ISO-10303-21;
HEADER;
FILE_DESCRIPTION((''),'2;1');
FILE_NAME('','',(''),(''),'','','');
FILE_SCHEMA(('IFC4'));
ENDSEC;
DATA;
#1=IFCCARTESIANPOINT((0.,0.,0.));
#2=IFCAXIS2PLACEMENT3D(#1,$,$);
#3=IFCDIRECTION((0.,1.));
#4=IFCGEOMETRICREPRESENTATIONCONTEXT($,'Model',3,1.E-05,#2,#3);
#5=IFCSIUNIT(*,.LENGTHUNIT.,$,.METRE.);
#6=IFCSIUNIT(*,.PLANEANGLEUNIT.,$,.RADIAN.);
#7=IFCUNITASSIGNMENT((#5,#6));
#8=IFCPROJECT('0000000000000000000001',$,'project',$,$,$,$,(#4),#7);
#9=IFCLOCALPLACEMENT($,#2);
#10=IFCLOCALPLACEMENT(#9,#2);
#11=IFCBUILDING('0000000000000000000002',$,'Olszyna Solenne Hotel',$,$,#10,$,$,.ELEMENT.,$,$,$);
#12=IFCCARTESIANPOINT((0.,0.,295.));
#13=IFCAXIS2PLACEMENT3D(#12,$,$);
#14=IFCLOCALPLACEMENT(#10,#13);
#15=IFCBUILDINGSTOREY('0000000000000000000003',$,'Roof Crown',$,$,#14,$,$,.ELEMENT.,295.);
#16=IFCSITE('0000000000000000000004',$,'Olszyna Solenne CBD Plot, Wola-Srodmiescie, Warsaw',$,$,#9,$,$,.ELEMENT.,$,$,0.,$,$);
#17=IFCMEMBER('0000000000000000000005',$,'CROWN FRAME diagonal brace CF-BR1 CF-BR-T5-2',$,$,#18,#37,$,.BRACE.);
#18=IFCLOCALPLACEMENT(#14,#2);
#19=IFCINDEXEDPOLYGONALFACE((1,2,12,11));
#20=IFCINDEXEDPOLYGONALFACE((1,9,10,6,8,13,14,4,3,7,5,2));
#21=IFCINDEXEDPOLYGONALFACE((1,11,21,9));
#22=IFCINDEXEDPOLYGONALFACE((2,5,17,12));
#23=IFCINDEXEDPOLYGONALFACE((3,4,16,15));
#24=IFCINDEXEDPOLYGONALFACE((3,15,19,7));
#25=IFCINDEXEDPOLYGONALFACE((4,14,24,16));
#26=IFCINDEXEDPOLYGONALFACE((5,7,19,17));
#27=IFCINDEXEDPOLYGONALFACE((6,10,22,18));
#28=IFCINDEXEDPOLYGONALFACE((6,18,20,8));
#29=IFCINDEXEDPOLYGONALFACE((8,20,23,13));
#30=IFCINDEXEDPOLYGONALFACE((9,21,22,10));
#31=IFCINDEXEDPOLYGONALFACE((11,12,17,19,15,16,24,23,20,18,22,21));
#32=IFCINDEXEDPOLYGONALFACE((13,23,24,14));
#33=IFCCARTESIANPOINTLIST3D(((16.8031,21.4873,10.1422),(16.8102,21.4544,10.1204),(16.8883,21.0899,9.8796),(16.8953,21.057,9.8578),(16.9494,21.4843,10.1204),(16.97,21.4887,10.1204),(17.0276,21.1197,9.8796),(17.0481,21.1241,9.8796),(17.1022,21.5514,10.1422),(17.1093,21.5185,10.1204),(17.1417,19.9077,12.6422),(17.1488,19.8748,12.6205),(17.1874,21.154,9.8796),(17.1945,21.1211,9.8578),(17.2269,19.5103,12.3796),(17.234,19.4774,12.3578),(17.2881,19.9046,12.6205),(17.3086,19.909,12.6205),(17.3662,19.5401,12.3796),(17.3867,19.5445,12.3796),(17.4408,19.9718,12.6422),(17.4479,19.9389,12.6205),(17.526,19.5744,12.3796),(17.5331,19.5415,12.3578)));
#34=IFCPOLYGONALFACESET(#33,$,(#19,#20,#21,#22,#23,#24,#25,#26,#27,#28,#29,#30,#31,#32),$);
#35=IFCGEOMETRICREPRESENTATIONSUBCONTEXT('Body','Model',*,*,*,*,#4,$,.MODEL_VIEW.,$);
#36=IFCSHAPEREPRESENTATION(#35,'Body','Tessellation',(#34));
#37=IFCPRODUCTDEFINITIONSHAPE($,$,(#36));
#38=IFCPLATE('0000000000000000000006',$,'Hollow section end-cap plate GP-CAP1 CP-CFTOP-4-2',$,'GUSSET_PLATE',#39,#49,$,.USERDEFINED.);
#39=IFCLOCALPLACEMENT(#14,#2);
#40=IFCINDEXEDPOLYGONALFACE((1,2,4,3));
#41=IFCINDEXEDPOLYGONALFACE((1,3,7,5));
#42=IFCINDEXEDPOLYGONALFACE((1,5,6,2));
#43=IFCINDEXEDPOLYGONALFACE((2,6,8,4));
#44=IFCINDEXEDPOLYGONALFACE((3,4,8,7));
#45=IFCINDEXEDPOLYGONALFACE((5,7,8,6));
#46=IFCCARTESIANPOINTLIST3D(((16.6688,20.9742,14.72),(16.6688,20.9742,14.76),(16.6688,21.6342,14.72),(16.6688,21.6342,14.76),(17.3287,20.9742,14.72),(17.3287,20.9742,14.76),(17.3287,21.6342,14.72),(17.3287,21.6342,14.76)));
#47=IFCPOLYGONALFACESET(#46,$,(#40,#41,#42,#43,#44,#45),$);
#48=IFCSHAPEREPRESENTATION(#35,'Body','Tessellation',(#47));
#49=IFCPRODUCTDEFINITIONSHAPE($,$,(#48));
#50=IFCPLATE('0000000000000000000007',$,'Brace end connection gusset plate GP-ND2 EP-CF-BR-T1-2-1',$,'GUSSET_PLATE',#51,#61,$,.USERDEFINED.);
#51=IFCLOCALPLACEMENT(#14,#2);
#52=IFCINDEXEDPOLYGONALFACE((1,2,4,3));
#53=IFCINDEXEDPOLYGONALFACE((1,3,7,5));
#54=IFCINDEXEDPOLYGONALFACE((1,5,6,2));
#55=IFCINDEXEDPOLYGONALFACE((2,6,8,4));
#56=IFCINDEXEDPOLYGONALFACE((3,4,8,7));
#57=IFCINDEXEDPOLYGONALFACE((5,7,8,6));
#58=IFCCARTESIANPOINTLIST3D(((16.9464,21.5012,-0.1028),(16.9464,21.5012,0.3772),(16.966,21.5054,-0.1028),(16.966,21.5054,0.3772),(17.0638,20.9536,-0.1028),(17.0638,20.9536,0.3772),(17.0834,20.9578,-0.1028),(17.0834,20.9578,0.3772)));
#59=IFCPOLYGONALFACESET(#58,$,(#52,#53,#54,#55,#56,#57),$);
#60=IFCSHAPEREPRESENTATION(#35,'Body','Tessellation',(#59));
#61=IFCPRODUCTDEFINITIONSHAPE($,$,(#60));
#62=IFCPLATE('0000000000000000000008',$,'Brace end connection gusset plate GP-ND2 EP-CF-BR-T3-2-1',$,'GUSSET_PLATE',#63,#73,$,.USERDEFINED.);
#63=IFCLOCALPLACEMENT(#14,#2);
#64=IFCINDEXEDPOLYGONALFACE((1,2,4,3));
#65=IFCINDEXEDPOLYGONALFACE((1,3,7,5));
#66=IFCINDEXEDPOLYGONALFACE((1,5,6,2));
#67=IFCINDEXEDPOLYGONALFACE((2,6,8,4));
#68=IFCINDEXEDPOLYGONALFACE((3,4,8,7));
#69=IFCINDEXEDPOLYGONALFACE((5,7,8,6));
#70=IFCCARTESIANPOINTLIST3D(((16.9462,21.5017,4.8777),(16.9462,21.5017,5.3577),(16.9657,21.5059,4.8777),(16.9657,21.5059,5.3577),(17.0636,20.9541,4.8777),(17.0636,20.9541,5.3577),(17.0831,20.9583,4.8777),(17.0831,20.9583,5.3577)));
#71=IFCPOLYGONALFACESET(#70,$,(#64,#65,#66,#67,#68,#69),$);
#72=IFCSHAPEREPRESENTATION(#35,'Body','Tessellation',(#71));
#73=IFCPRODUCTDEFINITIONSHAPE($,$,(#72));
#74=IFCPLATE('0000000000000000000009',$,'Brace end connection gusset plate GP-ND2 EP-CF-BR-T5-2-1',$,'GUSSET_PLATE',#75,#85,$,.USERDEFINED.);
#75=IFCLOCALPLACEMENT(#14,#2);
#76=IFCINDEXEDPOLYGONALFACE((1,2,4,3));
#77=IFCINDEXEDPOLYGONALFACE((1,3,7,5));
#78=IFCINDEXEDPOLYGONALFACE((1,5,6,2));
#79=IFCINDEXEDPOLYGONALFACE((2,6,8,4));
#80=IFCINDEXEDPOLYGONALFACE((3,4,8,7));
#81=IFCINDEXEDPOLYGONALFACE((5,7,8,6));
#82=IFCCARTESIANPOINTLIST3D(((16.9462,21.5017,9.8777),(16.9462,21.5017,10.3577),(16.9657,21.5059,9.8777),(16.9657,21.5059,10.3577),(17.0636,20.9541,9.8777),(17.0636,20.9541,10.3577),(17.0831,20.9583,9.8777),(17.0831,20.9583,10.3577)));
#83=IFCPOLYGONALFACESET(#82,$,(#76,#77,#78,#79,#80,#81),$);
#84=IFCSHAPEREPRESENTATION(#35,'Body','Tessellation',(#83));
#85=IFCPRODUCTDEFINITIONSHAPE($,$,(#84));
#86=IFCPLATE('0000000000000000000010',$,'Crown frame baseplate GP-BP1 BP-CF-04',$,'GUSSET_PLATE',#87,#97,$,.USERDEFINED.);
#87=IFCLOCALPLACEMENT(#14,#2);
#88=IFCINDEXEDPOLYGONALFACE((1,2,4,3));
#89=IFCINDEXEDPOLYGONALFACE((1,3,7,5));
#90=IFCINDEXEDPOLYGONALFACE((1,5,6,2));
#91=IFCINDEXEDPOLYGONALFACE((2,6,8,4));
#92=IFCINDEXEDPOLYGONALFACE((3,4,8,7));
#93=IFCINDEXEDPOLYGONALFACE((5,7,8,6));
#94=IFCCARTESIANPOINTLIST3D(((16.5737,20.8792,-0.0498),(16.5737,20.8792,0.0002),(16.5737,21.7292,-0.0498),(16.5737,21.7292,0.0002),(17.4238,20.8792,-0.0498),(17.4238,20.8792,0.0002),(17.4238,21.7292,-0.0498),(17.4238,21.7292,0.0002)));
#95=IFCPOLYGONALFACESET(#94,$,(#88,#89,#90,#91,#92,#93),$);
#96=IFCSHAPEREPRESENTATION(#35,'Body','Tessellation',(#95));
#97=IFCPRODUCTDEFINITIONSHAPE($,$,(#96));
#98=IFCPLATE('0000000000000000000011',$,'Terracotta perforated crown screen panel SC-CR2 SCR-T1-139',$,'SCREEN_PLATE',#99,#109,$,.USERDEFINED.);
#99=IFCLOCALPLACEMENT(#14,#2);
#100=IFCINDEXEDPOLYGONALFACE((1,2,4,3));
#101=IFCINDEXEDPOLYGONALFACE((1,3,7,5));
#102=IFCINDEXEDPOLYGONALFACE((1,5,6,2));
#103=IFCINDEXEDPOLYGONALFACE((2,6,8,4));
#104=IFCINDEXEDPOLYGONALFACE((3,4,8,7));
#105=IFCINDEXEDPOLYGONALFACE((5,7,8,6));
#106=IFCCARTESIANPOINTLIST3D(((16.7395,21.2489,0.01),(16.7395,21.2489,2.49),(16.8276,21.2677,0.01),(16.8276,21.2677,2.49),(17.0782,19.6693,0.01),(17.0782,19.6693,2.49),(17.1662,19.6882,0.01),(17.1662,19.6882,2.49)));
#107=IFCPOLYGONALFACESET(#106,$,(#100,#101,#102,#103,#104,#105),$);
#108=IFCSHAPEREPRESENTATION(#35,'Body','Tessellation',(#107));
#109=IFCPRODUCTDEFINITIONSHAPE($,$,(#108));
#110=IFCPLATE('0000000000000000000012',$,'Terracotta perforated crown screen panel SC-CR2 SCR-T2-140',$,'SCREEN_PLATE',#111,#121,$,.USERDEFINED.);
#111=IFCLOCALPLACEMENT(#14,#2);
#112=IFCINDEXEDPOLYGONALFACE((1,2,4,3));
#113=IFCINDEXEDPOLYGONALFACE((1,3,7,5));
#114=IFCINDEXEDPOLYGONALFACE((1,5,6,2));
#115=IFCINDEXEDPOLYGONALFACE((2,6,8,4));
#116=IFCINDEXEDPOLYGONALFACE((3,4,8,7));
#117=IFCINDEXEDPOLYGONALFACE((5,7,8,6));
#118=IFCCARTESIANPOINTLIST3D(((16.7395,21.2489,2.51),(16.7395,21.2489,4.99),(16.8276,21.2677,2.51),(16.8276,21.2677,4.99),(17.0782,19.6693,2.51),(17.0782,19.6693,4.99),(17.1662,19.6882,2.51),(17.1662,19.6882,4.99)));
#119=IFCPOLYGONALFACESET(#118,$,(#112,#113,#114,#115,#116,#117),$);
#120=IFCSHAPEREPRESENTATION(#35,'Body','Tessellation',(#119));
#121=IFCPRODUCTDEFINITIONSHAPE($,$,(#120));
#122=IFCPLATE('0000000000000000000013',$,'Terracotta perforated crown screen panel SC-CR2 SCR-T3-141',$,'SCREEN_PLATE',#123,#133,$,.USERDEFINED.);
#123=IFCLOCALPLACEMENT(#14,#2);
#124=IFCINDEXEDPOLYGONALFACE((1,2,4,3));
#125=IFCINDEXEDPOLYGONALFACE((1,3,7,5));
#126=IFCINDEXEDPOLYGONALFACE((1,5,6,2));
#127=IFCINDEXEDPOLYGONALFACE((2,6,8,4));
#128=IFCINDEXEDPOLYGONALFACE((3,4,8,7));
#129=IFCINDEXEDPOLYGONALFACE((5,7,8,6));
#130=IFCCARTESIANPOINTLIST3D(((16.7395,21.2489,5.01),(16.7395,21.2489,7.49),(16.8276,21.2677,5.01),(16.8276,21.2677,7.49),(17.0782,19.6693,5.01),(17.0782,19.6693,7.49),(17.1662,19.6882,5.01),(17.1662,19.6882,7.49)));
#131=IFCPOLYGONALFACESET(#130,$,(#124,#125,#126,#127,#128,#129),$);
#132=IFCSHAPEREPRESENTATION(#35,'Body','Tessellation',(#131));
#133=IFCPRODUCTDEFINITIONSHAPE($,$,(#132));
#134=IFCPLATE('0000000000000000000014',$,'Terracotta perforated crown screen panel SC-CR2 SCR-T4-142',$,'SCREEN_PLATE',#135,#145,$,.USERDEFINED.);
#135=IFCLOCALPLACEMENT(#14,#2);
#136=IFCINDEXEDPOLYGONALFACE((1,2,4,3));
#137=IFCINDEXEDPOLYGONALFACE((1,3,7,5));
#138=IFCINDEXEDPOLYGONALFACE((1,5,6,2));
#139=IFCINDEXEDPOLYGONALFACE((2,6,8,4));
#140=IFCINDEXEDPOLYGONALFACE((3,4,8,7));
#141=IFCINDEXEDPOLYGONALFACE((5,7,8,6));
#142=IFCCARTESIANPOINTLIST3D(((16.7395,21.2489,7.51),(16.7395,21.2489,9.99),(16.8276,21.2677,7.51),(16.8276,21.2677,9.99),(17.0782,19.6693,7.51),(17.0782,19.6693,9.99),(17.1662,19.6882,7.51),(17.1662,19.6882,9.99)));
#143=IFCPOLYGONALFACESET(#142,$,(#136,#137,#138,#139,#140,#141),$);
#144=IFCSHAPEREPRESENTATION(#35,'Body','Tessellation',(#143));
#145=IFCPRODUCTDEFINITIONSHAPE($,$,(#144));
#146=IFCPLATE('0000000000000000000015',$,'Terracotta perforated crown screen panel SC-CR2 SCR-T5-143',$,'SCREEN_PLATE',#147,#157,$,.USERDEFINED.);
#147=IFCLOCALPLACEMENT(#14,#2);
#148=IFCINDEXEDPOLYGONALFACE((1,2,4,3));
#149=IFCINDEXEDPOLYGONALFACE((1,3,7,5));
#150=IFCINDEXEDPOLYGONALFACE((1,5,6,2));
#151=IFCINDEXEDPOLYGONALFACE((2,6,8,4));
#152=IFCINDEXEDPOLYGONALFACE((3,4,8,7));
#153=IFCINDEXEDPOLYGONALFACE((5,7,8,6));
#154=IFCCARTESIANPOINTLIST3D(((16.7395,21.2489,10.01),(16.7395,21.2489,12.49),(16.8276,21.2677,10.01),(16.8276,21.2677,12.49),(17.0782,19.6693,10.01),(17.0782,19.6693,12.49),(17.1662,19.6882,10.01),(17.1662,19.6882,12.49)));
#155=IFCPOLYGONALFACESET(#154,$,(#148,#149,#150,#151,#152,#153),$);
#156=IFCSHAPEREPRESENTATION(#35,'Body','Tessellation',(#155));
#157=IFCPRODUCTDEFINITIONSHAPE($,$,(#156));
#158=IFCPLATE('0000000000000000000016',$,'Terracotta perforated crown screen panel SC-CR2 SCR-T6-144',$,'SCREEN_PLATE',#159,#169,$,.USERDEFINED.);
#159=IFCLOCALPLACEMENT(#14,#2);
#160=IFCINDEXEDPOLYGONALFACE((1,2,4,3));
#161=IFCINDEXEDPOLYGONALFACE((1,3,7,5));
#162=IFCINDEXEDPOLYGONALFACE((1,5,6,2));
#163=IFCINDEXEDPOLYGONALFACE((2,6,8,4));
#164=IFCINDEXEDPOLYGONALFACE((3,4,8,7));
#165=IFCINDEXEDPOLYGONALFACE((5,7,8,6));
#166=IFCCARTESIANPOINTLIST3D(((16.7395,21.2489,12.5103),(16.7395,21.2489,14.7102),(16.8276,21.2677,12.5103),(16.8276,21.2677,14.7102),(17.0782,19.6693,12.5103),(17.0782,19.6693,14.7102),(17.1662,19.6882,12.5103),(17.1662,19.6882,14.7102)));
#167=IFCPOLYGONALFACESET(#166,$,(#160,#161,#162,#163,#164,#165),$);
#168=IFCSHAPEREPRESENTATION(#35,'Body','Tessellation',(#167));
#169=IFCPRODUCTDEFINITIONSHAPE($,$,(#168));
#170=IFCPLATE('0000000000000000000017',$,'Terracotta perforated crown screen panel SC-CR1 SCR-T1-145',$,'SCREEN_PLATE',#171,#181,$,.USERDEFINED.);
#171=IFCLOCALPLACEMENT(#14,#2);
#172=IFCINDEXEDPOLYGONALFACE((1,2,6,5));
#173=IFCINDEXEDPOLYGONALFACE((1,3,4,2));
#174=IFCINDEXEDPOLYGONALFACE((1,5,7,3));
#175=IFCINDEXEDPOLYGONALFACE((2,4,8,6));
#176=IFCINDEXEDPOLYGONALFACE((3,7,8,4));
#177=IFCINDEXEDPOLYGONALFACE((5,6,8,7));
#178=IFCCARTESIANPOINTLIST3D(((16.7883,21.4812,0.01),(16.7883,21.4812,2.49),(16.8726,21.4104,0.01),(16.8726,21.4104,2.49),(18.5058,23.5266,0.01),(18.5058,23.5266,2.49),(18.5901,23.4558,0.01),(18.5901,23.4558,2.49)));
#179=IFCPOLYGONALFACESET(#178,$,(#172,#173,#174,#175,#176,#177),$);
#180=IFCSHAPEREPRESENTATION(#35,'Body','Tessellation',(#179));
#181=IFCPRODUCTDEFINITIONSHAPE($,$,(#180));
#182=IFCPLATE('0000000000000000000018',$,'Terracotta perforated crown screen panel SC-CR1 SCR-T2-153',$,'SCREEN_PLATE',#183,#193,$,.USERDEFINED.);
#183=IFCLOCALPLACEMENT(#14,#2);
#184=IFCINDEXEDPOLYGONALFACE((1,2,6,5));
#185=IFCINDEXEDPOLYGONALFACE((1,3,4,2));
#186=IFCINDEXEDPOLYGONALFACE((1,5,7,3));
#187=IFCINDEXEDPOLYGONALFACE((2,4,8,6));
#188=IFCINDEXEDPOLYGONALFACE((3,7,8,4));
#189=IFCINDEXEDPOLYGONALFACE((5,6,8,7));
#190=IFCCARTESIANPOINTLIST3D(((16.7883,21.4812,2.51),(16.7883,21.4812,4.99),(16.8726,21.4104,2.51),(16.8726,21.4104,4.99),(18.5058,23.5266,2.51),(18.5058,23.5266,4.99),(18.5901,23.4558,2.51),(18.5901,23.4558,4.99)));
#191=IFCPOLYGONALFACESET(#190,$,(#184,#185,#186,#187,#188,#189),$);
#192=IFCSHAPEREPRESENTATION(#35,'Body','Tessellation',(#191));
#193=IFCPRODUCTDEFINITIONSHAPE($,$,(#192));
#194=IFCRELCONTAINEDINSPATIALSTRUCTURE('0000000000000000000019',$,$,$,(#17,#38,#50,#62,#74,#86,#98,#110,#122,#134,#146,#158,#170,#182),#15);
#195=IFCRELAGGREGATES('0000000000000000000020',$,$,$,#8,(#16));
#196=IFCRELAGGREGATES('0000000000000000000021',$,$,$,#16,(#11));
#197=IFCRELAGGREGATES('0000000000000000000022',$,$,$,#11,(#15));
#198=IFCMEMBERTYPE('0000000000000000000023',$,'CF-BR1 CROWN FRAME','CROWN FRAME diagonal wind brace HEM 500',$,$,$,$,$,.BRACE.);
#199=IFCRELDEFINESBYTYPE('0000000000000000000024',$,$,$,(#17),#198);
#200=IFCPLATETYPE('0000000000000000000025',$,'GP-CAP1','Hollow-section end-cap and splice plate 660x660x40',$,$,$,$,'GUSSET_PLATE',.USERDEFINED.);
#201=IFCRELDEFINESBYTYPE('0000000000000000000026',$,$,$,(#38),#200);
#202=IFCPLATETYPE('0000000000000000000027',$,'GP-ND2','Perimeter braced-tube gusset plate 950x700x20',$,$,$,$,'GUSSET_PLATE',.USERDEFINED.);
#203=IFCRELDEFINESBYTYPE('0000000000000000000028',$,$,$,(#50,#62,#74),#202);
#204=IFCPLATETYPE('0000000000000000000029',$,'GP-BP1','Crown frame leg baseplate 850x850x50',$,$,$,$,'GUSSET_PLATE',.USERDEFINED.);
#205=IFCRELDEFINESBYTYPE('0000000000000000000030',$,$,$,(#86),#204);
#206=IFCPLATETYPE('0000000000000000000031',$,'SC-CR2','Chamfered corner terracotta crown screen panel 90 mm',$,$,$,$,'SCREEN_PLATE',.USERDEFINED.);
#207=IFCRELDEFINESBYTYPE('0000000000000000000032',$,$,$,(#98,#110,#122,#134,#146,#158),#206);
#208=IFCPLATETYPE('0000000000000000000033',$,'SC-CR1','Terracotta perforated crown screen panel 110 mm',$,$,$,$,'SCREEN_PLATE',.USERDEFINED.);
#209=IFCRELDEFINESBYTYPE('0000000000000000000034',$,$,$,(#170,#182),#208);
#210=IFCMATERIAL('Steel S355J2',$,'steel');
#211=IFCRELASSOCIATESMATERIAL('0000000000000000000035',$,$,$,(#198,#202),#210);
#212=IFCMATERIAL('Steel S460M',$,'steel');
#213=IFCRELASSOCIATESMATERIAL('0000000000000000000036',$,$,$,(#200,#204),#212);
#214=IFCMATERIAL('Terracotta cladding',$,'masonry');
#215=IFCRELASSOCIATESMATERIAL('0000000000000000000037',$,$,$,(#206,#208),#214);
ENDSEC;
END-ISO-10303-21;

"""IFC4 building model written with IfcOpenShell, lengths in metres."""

from ifc_helpers import new_model, si_unit, direction, frame, origin, origin_2d, place, context, subcontext, project, spatial, rectangle, i_section, extrude, source, transform, mapped, material, material_profile, profile_set, type_object, element, save


model = new_model("IFC4")

# Units and contexts
model_context = context("Model", 3, precision=1e-05, world=origin(), true_north=direction((0.0, 1.0)))
body_context = subcontext(model_context, "Body", "Model", "MODEL_VIEW")
ifc_project = project(units=[si_unit("LENGTHUNIT", "METRE"), si_unit("PLANEANGLEUNIT", "RADIAN")], contexts=[model_context])

# Site, building, storey
site_placement = place(None, origin())
site = spatial("IfcSite", under=ifc_project, at=site_placement, Name="Olszyna Solenne CBD Plot, Wola-Srodmiescie, Warsaw", CompositionType="ELEMENT", RefElevation=0.0)
building_placement = place(site_placement, origin())
building = spatial("IfcBuilding", under=site, at=building_placement, Name="Olszyna Solenne Hotel", CompositionType="ELEMENT")
storey_placement = place(building_placement, frame((0.0, 0.0, 295.0)))
storey = spatial("IfcBuildingStorey", under=building, at=storey_placement, Name="Roof Crown", CompositionType="ELEMENT", Elevation=295.0)

# Shared definitions
ifc_material_1 = material(Name="Steel S460M", Category="steel")

# Shared definitions
ifc_material_2 = material(Name="Steel S355J2", Category="steel")

# Member
ifc_material_profile_1 = material_profile(ifc_material_2, i_section(OverallWidth=0.3059, OverallDepth=0.5239, WebThickness=0.021, FlangeThickness=0.04, at=origin_2d()), Name="HEM 500", Category="load-bearing")
ifc_profile_set_1 = profile_set([ifc_material_profile_1], Name="Steel S355J2")
member_type = type_object("IfcMemberType", Name="CF-BR1 CROWN FRAME", Description="CROWN FRAME diagonal wind brace HEM 500", PredefinedType="BRACE", material=ifc_profile_set_1)
shared_shape_1 = source(origin(), body_context, "Body", "SweptSolid", [
    extrude(i_section(OverallWidth=0.3059, OverallDepth=0.5239, WebThickness=0.021, FlangeThickness=0.04, at=origin_2d()), origin(), (0.0, 0.0, 1.0), 2.9766),
])
for number, where, z_axis, x_axis, name in (
    (1, (16.9988, 21.3042, 10.0), (0.113764, -0.53068, 0.839902), (0.977785, 0.209612, 0.0), "CROWN FRAME diagonal brace CF-BR1 CF-BR-T5-2"),
):
    element("IfcMember", number, at=place(storey_placement, frame(where, z_axis=z_axis, x_axis=x_axis)), inside=storey, type_object=member_type, Name=name, PredefinedType="BRACE", context=body_context, shape_type="MappedRepresentation", body=[
        mapped(shared_shape_1, transform((0.0, 0.0, 0.0), x_axis=(1.0, 0.0, 0.0), y_axis=(0.0, 1.0, 0.0), z_axis=(0.0, 0.0, 1.0), scale=1.0)),
    ])

# Plates
plate_type_1 = type_object("IfcPlateType", Name="GP-CAP1", Description="Hollow-section end-cap and splice plate 660x660x40", ElementType="GUSSET_PLATE", PredefinedType="USERDEFINED", material=ifc_material_1)
shared_shape_2 = source(origin(), body_context, "Body", "SweptSolid", [
    extrude(rectangle(XDim=0.6599, YDim=0.6599, at=origin_2d()), origin(), (0.0, 0.0, 1.0), 0.04),
])
plate_1_placement = place(storey_placement, frame((16.9988, 21.3042, 14.72), z_axis=(0.0, 0.0, 1.0), x_axis=(1.0, 0.0, 0.0)))
element("IfcPlate", 2, at=plate_1_placement, inside=storey, type_object=plate_type_1, Name="Hollow section end-cap plate GP-CAP1 CP-CFTOP-4-2", ObjectType="GUSSET_PLATE", PredefinedType="USERDEFINED", context=body_context, shape_type="MappedRepresentation", body=[
    mapped(shared_shape_2, transform((0.0, 0.0, 0.0), x_axis=(1.0, 0.0, 0.0), y_axis=(0.0, 1.0, 0.0), z_axis=(0.0, 0.0, 1.0), scale=1.0)),
])
plate_type_2 = type_object("IfcPlateType", Name="GP-ND2", Description="Perimeter braced-tube gusset plate 950x700x20", ElementType="GUSSET_PLATE", PredefinedType="USERDEFINED", material=ifc_material_2)
shared_shape_3 = source(origin(), body_context, "Body", "SweptSolid", [
    extrude(rectangle(XDim=0.5601, YDim=0.02, at=origin_2d()), origin(), (0.0, 0.0, 1.0), 0.48),
])
for number, where, z_axis, x_axis, name in (
    (3, (17.0149, 21.2295, -0.1028), (0.0, 0.0, 1.0), (0.209619, -0.977783, 0.0), "Brace end connection gusset plate GP-ND2 EP-CF-BR-T1-2-1"),
    (4, (17.0146, 21.23, 4.8777), (0.0, 0.0, 1.0), (0.209619, -0.977783, 0.0), "Brace end connection gusset plate GP-ND2 EP-CF-BR-T3-2-1"),
    (5, (17.0146, 21.23, 9.8777), (0.0, 0.0, 1.0), (0.209619, -0.977783, 0.0), "Brace end connection gusset plate GP-ND2 EP-CF-BR-T5-2-1"),
):
    element("IfcPlate", number, at=place(storey_placement, frame(where, z_axis=z_axis, x_axis=x_axis)), inside=storey, type_object=plate_type_2, Name=name, ObjectType="GUSSET_PLATE", PredefinedType="USERDEFINED", context=body_context, shape_type="MappedRepresentation", body=[
        mapped(shared_shape_3, transform((0.0, 0.0, 0.0), x_axis=(1.0, 0.0, 0.0), y_axis=(0.0, 1.0, 0.0), z_axis=(0.0, 0.0, 1.0), scale=1.0)),
    ])
plate_type_3 = type_object("IfcPlateType", Name="GP-BP1", Description="Crown frame leg baseplate 850x850x50", ElementType="GUSSET_PLATE", PredefinedType="USERDEFINED", material=ifc_material_1)
shared_shape_4 = source(origin(), body_context, "Body", "SweptSolid", [
    extrude(rectangle(XDim=0.8501, YDim=0.8501, at=origin_2d()), origin(), (0.0, 0.0, 1.0), 0.05),
])
plate_2_placement = place(storey_placement, frame((16.9988, 21.3042, -0.0498), z_axis=(0.0, 0.0, 1.0), x_axis=(1.0, 0.0, 0.0)))
element("IfcPlate", 6, at=plate_2_placement, inside=storey, type_object=plate_type_3, Name="Crown frame baseplate GP-BP1 BP-CF-04", ObjectType="GUSSET_PLATE", PredefinedType="USERDEFINED", context=body_context, shape_type="MappedRepresentation", body=[
    mapped(shared_shape_4, transform((0.0, 0.0, 0.0), x_axis=(1.0, 0.0, 0.0), y_axis=(0.0, 1.0, 0.0), z_axis=(0.0, 0.0, 1.0), scale=1.0)),
])
ifc_material_3 = material(Name="Terracotta cladding", Category="masonry")
plate_type_4 = type_object("IfcPlateType", Name="SC-CR2", Description="Chamfered corner terracotta crown screen panel 90 mm", ElementType="SCREEN_PLATE", PredefinedType="USERDEFINED", material=ifc_material_3)
shared_shape_5 = source(origin(), body_context, "Body", "SweptSolid", [
    extrude(rectangle(XDim=1.6155, YDim=0.0901, at=origin_2d()), origin(), (0.0, 0.0, 1.0), 2.48),
])
for number, where, z_axis, x_axis, name in (
    (7, (16.9529, 20.4685, 0.01), (0.0, 0.0, 1.0), (-0.209619, 0.977783, 0.0), "Terracotta perforated crown screen panel SC-CR2 SCR-T1-139"),
    (8, (16.9529, 20.4685, 2.51), (0.0, 0.0, 1.0), (-0.209619, 0.977783, 0.0), "Terracotta perforated crown screen panel SC-CR2 SCR-T2-140"),
    (9, (16.9529, 20.4685, 5.01), (0.0, 0.0, 1.0), (-0.209619, 0.977783, 0.0), "Terracotta perforated crown screen panel SC-CR2 SCR-T3-141"),
    (10, (16.9529, 20.4685, 7.51), (0.0, 0.0, 1.0), (-0.209619, 0.977783, 0.0), "Terracotta perforated crown screen panel SC-CR2 SCR-T4-142"),
    (11, (16.9529, 20.4685, 10.01), (0.0, 0.0, 1.0), (-0.209619, 0.977783, 0.0), "Terracotta perforated crown screen panel SC-CR2 SCR-T5-143"),
):
    element("IfcPlate", number, at=place(storey_placement, frame(where, z_axis=z_axis, x_axis=x_axis)), inside=storey, type_object=plate_type_4, Name=name, ObjectType="SCREEN_PLATE", PredefinedType="USERDEFINED", context=body_context, shape_type="MappedRepresentation", body=[
        mapped(shared_shape_5, transform((0.0, 0.0, 0.0), x_axis=(1.0, 0.0, 0.0), y_axis=(0.0, 1.0, 0.0), z_axis=(0.0, 0.0, 1.0), scale=1.0)),
    ])
shared_shape_6 = source(origin(), body_context, "Body", "SweptSolid", [
    extrude(rectangle(XDim=1.6155, YDim=0.0901, at=origin_2d()), origin(), (0.0, 0.0, 1.0), 2.2),
])
plate_3_placement = place(storey_placement, frame((16.9529, 20.4685, 12.5103), z_axis=(0.0, 0.0, 1.0), x_axis=(-0.209619, 0.977783, 0.0)))
element("IfcPlate", 12, at=plate_3_placement, inside=storey, type_object=plate_type_4, Name="Terracotta perforated crown screen panel SC-CR2 SCR-T6-144", ObjectType="SCREEN_PLATE", PredefinedType="USERDEFINED", context=body_context, shape_type="MappedRepresentation", body=[
    mapped(shared_shape_6, transform((0.0, 0.0, 0.0), x_axis=(1.0, 0.0, 0.0), y_axis=(0.0, 1.0, 0.0), z_axis=(0.0, 0.0, 1.0), scale=1.0)),
])
plate_type_5 = type_object("IfcPlateType", Name="SC-CR1", Description="Terracotta perforated crown screen panel 110 mm", ElementType="SCREEN_PLATE", PredefinedType="USERDEFINED", material=ifc_material_3)
shared_shape_7 = source(origin(), body_context, "Body", "SweptSolid", [
    extrude(rectangle(XDim=2.6709, YDim=0.1101, at=origin_2d()), origin(), (0.0, 0.0, 1.0), 2.48),
])
for number, where, z_axis, x_axis, name in (
    (13, (17.6892, 22.4685, 0.01), (0.0, 0.0, 1.0), (0.643055, 0.76582, 0.0), "Terracotta perforated crown screen panel SC-CR1 SCR-T1-145"),
    (14, (17.6892, 22.4685, 2.51), (0.0, 0.0, 1.0), (0.643055, 0.76582, 0.0), "Terracotta perforated crown screen panel SC-CR1 SCR-T2-153"),
):
    element("IfcPlate", number, at=place(storey_placement, frame(where, z_axis=z_axis, x_axis=x_axis)), inside=storey, type_object=plate_type_5, Name=name, ObjectType="SCREEN_PLATE", PredefinedType="USERDEFINED", context=body_context, shape_type="MappedRepresentation", body=[
        mapped(shared_shape_7, transform((0.0, 0.0, 0.0), x_axis=(1.0, 0.0, 0.0), y_axis=(0.0, 1.0, 0.0), z_axis=(0.0, 0.0, 1.0), scale=1.0)),
    ])

save(model, "model.ifc")
